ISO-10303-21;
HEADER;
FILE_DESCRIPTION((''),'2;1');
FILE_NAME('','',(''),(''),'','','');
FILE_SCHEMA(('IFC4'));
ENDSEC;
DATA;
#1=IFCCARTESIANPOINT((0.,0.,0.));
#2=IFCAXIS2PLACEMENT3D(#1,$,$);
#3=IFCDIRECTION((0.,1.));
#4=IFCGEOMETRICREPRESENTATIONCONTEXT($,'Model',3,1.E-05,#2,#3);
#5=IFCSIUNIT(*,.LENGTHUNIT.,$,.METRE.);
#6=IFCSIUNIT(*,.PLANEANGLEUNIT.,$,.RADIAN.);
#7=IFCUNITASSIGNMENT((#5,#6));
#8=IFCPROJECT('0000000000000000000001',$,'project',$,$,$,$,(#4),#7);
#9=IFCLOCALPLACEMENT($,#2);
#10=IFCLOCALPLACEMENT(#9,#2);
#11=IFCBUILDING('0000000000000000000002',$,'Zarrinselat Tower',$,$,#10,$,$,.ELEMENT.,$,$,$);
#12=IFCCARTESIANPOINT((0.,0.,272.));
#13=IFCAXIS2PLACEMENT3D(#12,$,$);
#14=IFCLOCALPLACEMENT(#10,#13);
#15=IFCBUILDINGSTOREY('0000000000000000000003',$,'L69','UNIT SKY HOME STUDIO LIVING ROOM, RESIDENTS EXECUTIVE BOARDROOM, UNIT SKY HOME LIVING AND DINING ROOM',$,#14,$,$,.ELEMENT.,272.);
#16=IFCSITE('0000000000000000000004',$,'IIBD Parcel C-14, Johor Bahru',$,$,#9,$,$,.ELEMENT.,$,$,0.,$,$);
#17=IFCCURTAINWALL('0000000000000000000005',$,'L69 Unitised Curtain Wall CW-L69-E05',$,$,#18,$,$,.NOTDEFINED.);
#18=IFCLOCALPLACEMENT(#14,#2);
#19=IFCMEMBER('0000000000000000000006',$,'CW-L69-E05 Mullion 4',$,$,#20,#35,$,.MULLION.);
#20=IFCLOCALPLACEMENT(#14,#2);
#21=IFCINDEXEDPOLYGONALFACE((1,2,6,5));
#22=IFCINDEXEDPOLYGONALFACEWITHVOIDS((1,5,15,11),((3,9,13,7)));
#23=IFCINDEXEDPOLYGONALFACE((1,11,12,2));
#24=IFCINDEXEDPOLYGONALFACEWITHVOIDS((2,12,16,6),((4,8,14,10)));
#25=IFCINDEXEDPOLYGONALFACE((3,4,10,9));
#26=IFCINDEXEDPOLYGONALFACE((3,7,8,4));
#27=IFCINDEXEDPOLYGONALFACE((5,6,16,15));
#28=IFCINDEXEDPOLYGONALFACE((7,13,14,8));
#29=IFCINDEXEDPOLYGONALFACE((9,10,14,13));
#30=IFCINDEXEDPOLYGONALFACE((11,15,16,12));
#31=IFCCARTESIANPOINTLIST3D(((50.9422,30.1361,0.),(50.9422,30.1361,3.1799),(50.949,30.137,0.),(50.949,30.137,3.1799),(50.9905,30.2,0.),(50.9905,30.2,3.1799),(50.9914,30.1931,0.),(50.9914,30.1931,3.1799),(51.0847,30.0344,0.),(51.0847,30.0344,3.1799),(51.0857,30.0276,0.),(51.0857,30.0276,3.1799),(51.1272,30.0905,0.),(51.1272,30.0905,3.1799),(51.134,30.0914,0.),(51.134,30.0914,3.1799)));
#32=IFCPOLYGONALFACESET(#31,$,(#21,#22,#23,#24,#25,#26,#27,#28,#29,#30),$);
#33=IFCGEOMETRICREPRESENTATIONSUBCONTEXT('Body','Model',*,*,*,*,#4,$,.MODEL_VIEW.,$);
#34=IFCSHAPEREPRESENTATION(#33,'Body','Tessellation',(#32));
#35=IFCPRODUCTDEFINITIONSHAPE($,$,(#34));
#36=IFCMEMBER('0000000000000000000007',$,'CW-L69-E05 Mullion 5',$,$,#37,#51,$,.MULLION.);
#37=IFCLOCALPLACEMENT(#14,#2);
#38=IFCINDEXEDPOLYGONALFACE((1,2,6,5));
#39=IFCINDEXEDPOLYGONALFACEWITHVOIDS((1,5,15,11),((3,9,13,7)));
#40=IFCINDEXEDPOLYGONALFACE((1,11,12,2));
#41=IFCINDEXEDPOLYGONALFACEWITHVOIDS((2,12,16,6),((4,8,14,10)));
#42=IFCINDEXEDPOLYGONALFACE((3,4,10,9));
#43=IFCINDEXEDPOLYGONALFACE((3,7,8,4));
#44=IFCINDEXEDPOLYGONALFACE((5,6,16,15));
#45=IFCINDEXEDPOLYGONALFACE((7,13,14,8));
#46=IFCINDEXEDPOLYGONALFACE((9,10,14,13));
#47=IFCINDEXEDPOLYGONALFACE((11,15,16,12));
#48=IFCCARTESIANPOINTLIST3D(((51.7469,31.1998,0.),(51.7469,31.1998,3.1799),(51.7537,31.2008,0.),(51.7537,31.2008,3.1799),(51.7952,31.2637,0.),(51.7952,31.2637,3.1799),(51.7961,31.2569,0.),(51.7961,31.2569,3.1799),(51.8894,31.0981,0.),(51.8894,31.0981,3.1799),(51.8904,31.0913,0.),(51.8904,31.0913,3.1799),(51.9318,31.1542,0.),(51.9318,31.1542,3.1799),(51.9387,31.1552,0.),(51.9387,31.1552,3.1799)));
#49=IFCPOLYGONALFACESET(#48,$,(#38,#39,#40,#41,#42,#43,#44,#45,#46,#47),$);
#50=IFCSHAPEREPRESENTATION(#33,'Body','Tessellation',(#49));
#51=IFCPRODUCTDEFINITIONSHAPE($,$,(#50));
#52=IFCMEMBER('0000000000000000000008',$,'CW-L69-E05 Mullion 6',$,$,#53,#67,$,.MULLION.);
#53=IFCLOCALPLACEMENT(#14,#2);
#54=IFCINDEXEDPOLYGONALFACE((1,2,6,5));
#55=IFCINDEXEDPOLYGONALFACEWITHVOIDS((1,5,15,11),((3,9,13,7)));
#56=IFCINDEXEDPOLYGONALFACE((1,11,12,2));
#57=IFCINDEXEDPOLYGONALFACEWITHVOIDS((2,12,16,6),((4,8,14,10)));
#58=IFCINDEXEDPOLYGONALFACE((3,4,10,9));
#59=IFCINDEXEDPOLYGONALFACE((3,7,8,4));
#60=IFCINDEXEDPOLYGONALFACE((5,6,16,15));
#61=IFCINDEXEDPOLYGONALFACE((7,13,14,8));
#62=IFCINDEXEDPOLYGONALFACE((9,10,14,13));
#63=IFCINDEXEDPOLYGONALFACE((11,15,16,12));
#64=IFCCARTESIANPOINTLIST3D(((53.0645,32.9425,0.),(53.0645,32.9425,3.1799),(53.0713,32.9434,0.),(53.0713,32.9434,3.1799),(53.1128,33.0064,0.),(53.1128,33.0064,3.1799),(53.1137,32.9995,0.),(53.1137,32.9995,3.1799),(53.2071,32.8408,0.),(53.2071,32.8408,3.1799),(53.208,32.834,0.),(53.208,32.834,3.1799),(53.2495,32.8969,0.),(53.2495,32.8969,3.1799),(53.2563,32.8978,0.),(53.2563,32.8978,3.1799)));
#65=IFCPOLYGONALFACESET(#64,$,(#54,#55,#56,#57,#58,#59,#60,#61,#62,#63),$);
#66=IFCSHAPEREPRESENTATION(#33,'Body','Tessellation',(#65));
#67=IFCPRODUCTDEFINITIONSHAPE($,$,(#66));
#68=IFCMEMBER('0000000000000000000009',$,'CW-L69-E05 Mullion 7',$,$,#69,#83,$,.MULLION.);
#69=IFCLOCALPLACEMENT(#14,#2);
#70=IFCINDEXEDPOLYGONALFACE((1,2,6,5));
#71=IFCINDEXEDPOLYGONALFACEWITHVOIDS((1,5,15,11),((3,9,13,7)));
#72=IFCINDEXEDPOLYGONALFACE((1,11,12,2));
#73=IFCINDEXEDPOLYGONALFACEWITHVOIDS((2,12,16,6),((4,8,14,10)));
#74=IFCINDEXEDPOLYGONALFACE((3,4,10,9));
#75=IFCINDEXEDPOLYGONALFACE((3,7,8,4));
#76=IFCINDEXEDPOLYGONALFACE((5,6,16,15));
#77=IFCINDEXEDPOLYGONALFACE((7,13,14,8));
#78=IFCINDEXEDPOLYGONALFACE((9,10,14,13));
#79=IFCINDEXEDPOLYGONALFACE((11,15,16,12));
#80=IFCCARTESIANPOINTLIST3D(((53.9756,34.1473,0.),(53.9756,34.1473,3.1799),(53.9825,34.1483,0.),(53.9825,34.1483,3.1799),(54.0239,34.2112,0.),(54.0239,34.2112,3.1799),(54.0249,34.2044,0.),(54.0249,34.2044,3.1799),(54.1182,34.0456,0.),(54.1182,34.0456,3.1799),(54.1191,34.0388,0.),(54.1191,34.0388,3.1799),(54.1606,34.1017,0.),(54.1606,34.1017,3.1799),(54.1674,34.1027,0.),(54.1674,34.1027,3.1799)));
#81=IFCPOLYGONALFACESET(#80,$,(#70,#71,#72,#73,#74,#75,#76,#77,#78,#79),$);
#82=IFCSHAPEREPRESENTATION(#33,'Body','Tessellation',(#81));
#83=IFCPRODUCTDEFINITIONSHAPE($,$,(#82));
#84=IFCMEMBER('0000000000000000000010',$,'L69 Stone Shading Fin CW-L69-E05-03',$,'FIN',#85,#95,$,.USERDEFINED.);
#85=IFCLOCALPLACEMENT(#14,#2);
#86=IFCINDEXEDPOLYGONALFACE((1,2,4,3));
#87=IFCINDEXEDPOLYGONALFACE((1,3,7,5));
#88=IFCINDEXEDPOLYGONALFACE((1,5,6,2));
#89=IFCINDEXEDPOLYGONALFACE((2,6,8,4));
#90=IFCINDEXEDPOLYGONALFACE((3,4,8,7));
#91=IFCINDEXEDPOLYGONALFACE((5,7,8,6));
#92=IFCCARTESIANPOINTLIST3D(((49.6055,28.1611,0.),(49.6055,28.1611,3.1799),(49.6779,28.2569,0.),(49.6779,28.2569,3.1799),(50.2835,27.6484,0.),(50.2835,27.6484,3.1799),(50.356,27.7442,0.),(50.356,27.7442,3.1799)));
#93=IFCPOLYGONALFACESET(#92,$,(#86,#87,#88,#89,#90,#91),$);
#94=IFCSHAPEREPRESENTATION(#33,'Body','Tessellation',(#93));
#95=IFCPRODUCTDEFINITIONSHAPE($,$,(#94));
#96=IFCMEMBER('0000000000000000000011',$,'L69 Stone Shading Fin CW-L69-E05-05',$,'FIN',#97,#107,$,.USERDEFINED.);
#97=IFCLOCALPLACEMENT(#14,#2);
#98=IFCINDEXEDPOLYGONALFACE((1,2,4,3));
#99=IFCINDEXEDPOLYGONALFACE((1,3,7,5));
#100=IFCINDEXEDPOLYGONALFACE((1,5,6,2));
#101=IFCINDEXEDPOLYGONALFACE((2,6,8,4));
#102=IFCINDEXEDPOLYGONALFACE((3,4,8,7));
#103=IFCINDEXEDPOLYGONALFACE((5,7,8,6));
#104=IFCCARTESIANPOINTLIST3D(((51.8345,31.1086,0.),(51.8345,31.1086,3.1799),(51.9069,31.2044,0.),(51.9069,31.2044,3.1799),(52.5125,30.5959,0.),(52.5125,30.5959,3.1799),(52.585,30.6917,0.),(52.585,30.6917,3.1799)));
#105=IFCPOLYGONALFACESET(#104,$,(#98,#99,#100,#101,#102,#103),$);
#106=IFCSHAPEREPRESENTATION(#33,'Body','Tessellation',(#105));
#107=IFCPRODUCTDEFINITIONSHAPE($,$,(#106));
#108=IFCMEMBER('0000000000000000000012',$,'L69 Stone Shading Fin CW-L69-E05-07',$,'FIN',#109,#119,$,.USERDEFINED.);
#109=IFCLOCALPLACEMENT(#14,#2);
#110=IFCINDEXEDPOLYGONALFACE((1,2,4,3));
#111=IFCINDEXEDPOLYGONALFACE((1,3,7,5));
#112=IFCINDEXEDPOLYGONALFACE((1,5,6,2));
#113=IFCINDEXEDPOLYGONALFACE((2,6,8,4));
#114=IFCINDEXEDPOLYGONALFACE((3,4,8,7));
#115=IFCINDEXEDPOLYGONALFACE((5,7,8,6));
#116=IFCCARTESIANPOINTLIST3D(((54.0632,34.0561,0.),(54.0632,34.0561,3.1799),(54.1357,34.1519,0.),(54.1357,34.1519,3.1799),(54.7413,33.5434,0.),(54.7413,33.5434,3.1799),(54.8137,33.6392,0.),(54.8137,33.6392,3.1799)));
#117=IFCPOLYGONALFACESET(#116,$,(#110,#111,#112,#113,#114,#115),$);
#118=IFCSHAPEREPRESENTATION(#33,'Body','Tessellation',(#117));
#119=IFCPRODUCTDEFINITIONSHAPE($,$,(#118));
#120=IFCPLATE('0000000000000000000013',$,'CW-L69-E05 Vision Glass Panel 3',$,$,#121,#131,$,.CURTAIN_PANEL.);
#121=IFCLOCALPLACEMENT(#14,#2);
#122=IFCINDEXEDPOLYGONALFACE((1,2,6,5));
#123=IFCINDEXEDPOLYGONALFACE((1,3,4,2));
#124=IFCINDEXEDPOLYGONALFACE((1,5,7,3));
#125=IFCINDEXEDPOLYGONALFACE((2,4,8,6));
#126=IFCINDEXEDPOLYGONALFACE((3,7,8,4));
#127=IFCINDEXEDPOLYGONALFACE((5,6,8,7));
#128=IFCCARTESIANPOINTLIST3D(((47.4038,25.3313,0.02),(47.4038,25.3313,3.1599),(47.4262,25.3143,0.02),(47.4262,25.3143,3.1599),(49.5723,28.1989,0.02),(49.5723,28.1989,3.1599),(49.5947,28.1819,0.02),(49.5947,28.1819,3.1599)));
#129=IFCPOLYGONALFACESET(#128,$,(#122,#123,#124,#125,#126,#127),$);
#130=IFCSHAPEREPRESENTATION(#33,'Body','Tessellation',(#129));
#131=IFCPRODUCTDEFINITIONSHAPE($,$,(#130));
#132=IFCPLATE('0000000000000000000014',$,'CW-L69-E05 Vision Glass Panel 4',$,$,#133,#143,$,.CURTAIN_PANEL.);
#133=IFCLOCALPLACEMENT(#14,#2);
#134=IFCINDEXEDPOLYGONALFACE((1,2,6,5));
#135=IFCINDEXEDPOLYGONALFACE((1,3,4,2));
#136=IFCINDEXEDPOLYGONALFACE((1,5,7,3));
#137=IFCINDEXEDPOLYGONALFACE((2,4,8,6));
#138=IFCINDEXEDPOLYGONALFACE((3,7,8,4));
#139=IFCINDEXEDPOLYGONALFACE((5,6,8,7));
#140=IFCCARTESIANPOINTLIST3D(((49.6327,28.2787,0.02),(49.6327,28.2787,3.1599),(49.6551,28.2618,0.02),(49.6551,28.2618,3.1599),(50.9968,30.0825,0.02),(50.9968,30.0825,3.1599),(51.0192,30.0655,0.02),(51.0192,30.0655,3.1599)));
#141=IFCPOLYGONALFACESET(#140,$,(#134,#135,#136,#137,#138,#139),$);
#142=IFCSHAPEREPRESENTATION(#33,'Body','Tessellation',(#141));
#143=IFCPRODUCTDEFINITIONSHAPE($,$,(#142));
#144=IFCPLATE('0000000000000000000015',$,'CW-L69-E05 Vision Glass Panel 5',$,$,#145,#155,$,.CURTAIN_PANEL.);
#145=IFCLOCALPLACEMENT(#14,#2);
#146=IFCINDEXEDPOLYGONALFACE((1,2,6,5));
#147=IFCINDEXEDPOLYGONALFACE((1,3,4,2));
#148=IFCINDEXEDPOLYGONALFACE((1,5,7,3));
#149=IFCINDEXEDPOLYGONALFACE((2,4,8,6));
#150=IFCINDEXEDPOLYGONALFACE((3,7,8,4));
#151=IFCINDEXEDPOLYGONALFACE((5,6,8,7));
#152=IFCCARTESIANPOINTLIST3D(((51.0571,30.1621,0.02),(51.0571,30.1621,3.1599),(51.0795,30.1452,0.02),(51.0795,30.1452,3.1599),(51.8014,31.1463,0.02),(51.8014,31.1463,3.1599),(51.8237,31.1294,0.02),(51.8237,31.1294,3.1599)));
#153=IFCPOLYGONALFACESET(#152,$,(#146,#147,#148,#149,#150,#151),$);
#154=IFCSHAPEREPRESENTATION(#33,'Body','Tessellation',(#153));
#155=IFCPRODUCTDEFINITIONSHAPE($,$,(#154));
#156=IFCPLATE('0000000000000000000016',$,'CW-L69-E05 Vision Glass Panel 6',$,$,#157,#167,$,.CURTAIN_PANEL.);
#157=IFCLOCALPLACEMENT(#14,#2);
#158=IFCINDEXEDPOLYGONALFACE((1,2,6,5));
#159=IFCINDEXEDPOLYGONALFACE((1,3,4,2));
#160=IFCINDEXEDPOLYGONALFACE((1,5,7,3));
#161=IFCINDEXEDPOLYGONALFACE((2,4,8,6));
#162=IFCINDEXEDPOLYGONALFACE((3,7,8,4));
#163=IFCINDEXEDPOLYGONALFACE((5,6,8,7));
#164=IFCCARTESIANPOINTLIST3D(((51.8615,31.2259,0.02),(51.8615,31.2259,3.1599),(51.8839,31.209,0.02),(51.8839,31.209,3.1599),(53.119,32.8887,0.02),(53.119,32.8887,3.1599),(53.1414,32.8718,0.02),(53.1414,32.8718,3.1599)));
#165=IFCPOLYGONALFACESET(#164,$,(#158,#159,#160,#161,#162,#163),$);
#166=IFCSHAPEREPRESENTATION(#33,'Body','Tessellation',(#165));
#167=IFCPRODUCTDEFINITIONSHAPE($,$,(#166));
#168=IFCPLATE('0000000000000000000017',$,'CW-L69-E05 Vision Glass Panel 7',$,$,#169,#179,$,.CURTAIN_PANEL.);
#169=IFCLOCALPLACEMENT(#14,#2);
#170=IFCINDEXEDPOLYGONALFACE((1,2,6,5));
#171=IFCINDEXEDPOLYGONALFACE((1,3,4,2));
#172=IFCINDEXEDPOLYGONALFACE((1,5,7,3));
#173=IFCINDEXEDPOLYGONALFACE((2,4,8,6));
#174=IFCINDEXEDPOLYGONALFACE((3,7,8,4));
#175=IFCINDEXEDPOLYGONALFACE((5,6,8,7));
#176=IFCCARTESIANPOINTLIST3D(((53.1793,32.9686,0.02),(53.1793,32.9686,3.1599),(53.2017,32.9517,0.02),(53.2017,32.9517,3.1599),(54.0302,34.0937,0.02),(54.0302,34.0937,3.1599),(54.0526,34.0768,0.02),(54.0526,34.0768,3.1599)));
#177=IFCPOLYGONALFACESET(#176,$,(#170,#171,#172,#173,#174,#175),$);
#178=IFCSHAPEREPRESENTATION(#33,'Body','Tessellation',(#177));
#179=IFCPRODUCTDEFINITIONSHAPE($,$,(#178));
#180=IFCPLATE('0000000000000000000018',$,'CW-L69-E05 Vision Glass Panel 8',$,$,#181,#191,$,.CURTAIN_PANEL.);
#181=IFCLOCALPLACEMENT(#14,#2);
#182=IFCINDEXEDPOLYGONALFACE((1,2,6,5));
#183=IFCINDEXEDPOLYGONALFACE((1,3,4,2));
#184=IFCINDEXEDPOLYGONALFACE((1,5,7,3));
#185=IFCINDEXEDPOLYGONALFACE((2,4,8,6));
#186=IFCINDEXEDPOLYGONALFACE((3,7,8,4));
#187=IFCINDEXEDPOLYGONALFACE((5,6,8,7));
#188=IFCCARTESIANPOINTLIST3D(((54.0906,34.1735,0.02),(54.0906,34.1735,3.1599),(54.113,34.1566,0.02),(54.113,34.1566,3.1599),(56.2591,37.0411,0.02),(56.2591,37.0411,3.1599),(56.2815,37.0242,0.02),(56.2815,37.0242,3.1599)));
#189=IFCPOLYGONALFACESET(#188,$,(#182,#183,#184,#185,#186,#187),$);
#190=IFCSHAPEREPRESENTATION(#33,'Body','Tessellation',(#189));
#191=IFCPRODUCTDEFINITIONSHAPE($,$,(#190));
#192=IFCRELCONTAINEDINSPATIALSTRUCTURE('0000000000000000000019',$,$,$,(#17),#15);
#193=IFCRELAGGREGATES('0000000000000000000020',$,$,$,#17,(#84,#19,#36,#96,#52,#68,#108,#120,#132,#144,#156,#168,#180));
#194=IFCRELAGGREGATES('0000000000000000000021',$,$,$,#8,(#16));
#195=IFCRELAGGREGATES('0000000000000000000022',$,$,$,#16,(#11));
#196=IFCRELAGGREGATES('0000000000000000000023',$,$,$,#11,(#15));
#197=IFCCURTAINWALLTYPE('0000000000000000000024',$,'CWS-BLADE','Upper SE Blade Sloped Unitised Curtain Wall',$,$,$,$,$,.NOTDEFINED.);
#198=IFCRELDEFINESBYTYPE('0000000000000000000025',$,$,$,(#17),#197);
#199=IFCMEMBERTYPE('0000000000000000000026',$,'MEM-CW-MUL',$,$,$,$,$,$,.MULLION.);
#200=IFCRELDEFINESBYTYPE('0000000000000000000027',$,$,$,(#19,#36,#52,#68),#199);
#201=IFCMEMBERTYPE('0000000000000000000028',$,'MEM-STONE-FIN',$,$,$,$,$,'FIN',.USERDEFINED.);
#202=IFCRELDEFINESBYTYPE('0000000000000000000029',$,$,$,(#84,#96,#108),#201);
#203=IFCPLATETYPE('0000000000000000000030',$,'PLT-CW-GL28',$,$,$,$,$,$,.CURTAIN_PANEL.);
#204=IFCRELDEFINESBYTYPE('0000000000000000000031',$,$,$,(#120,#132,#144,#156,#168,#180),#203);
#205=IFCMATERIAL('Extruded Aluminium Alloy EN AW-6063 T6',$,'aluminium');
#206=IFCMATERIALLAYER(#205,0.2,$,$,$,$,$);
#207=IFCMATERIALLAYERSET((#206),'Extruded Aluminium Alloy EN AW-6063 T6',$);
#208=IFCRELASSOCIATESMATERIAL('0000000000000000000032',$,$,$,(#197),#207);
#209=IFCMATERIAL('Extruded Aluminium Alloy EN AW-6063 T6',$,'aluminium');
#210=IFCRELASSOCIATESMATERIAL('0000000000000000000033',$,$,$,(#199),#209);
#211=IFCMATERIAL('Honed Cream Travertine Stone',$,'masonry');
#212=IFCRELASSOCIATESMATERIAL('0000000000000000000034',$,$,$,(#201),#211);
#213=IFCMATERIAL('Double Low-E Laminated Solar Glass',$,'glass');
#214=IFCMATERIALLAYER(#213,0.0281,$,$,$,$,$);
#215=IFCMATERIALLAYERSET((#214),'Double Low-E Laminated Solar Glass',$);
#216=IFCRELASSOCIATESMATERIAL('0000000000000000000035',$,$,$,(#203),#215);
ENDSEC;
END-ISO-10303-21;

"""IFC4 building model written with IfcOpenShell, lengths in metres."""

from ifc_helpers import new_model, si_unit, direction, frame, origin, origin_2d, place, context, subcontext, project, spatial, rectangle, hollow_rectangle, extrude, material, layer, layer_set, material_profile, profile_set, type_object, element, aggregate, save


model = new_model("IFC4")

# Units and contexts
model_context = context("Model", 3, precision=1e-05, world=origin(), true_north=direction((0.0, 1.0)))
body_context = subcontext(model_context, "Body", "Model", "MODEL_VIEW")
ifc_project = project(units=[si_unit("LENGTHUNIT", "METRE"), si_unit("PLANEANGLEUNIT", "RADIAN")], contexts=[model_context])

# Site, building, storey
site_placement = place(None, origin())
site = spatial("IfcSite", under=ifc_project, at=site_placement, Name="IIBD Parcel C-14, Johor Bahru", CompositionType="ELEMENT", RefElevation=0.0)
building_placement = place(site_placement, origin())
building = spatial("IfcBuilding", under=site, at=building_placement, Name="Zarrinselat Tower", CompositionType="ELEMENT")
storey_placement = place(building_placement, frame((0.0, 0.0, 272.0)))
storey = spatial("IfcBuildingStorey", under=building, at=storey_placement, Name="L69", Description="UNIT SKY HOME STUDIO LIVING ROOM, RESIDENTS EXECUTIVE BOARDROOM, UNIT SKY HOME LIVING AND DINING ROOM", CompositionType="ELEMENT", Elevation=272.0)

# Curtain wall, members, plates
ifc_material_1 = material(Name="Extruded Aluminium Alloy EN AW-6063 T6", Category="aluminium")
ifc_layer_1 = layer(ifc_material_1, 0.2)
ifc_layer_set_1 = layer_set([ifc_layer_1], Name="Extruded Aluminium Alloy EN AW-6063 T6")
curtain_wall_type = type_object("IfcCurtainWallType", Name="CWS-BLADE", Description="Upper SE Blade Sloped Unitised Curtain Wall", PredefinedType="NOTDEFINED", material=ifc_layer_set_1)
curtain_wall_placement = place(storey_placement, origin())
curtain_wall = element("IfcCurtainWall", 1, at=curtain_wall_placement, inside=storey, type_object=curtain_wall_type, Name="L69 Unitised Curtain Wall CW-L69-E05", PredefinedType="NOTDEFINED")
ifc_material_2 = material(Name="Extruded Aluminium Alloy EN AW-6063 T6", Category="aluminium")
ifc_material_profile_1 = material_profile(ifc_material_2, hollow_rectangle(XDim=0.0801, YDim=0.1799, WallThickness=0.0049, at=origin_2d()), Name="RHS 180x80x5")
ifc_profile_set_1 = profile_set([ifc_material_profile_1], Name="Extruded Aluminium Alloy EN AW-6063 T6")
member_type_1 = type_object("IfcMemberType", Name="MEM-CW-MUL", PredefinedType="MULLION", material=ifc_profile_set_1)
member_1_placement = place(storey_placement, frame((51.0381, 30.1138, 0.0), z_axis=(0.0, 0.0, 1.0), x_axis=(0.60317, 0.797613, 0.0)))
member_1 = element("IfcMember", 2, at=member_1_placement, type_object=member_type_1, Name="CW-L69-E05 Mullion 4", PredefinedType="MULLION", context=body_context, shape_type="SweptSolid", body=[
    extrude(hollow_rectangle(XDim=0.0801, YDim=0.1799, WallThickness=0.0049, at=origin_2d()), origin(), (0.0, 0.0, 1.0), 3.1799),
])
member_2_placement = place(storey_placement, frame((51.8428, 31.1775, 0.0), z_axis=(0.0, 0.0, 1.0), x_axis=(0.60317, 0.797613, 0.0)))
member_2 = element("IfcMember", 3, at=member_2_placement, type_object=member_type_1, Name="CW-L69-E05 Mullion 5", PredefinedType="MULLION", context=body_context, shape_type="SweptSolid", body=[
    extrude(hollow_rectangle(XDim=0.0801, YDim=0.1799, WallThickness=0.0049, at=origin_2d()), origin(), (0.0, 0.0, 1.0), 3.1799),
])
member_3_placement = place(storey_placement, frame((53.1604, 32.9202, 0.0), z_axis=(0.0, 0.0, 1.0), x_axis=(0.60317, 0.797613, 0.0)))
member_3 = element("IfcMember", 4, at=member_3_placement, type_object=member_type_1, Name="CW-L69-E05 Mullion 6", PredefinedType="MULLION", context=body_context, shape_type="SweptSolid", body=[
    extrude(hollow_rectangle(XDim=0.0801, YDim=0.1799, WallThickness=0.0049, at=origin_2d()), origin(), (0.0, 0.0, 1.0), 3.1799),
])
member_4_placement = place(storey_placement, frame((54.0715, 34.125, 0.0), z_axis=(0.0, 0.0, 1.0), x_axis=(0.60317, 0.797613, 0.0)))
member_4 = element("IfcMember", 5, at=member_4_placement, type_object=member_type_1, Name="CW-L69-E05 Mullion 7", PredefinedType="MULLION", context=body_context, shape_type="SweptSolid", body=[
    extrude(hollow_rectangle(XDim=0.0801, YDim=0.1799, WallThickness=0.0049, at=origin_2d()), origin(), (0.0, 0.0, 1.0), 3.1799),
])
ifc_material_3 = material(Name="Honed Cream Travertine Stone", Category="masonry")
ifc_material_profile_2 = material_profile(ifc_material_3, rectangle(XDim=0.1201, YDim=0.8501, at=origin_2d()), Name="FIN 850x120")
ifc_profile_set_2 = profile_set([ifc_material_profile_2], Name="Honed Cream Travertine Stone")
member_type_2 = type_object("IfcMemberType", Name="MEM-STONE-FIN", ElementType="FIN", PredefinedType="USERDEFINED", material=ifc_profile_set_2)
member_5_placement = place(storey_placement, frame((49.9807, 27.9526, 0.0), z_axis=(0.0, 0.0, 1.0), x_axis=(-0.60317, -0.797613, 0.0)))
member_5 = element("IfcMember", 6, at=member_5_placement, type_object=member_type_2, Name="L69 Stone Shading Fin CW-L69-E05-03", ObjectType="FIN", PredefinedType="USERDEFINED", context=body_context, shape_type="SweptSolid", body=[
    extrude(rectangle(XDim=0.1201, YDim=0.8501, at=origin_2d()), origin(), (0.0, 0.0, 1.0), 3.1799),
])
member_6_placement = place(storey_placement, frame((52.2097, 30.9001, 0.0), z_axis=(0.0, 0.0, 1.0), x_axis=(-0.60317, -0.797613, 0.0)))
member_6 = element("IfcMember", 7, at=member_6_placement, type_object=member_type_2, Name="L69 Stone Shading Fin CW-L69-E05-05", ObjectType="FIN", PredefinedType="USERDEFINED", context=body_context, shape_type="SweptSolid", body=[
    extrude(rectangle(XDim=0.1201, YDim=0.8501, at=origin_2d()), origin(), (0.0, 0.0, 1.0), 3.1799),
])
member_7_placement = place(storey_placement, frame((54.4385, 33.8477, 0.0), z_axis=(0.0, 0.0, 1.0), x_axis=(-0.60317, -0.797613, 0.0)))
member_7 = element("IfcMember", 8, at=member_7_placement, type_object=member_type_2, Name="L69 Stone Shading Fin CW-L69-E05-07", ObjectType="FIN", PredefinedType="USERDEFINED", context=body_context, shape_type="SweptSolid", body=[
    extrude(rectangle(XDim=0.1201, YDim=0.8501, at=origin_2d()), origin(), (0.0, 0.0, 1.0), 3.1799),
])
ifc_material_4 = material(Name="Double Low-E Laminated Solar Glass", Category="glass")
ifc_layer_2 = layer(ifc_material_4, 0.0281)
ifc_layer_set_2 = layer_set([ifc_layer_2], Name="Double Low-E Laminated Solar Glass")
plate_type = type_object("IfcPlateType", Name="PLT-CW-GL28", PredefinedType="CURTAIN_PANEL", material=ifc_layer_set_2)
plate_1_placement = place(storey_placement, frame((48.4993, 26.7566, 0.02), z_axis=(0.0, 0.0, 1.0), x_axis=(0.60317, 0.797613, 0.0)))
plate_1 = element("IfcPlate", 9, at=plate_1_placement, type_object=plate_type, Name="CW-L69-E05 Vision Glass Panel 3", PredefinedType="CURTAIN_PANEL", context=body_context, shape_type="SweptSolid", body=[
    extrude(rectangle(XDim=3.5952, YDim=0.0281, at=origin_2d()), origin(), (0.0, 0.0, 1.0), 3.1399),
])
plate_2_placement = place(storey_placement, frame((50.3259, 29.1721, 0.02), z_axis=(0.0, 0.0, 1.0), x_axis=(0.60317, 0.797613, 0.0)))
plate_2 = element("IfcPlate", 10, at=plate_2_placement, type_object=plate_type, Name="CW-L69-E05 Vision Glass Panel 4", PredefinedType="CURTAIN_PANEL", context=body_context, shape_type="SweptSolid", body=[
    extrude(rectangle(XDim=2.2615, YDim=0.0281, at=origin_2d()), origin(), (0.0, 0.0, 1.0), 3.1399),
])
plate_3_placement = place(storey_placement, frame((51.4404, 30.6458, 0.02), z_axis=(0.0, 0.0, 1.0), x_axis=(0.60317, 0.797613, 0.0)))
plate_3 = element("IfcPlate", 11, at=plate_3_placement, type_object=plate_type, Name="CW-L69-E05 Vision Glass Panel 5", PredefinedType="CURTAIN_PANEL", context=body_context, shape_type="SweptSolid", body=[
    extrude(rectangle(XDim=1.2339, YDim=0.0281, at=origin_2d()), origin(), (0.0, 0.0, 1.0), 3.1399),
])
plate_4_placement = place(storey_placement, frame((52.5015, 32.0488, 0.02), z_axis=(0.0, 0.0, 1.0), x_axis=(0.60317, 0.797613, 0.0)))
plate_4 = element("IfcPlate", 12, at=plate_4_placement, type_object=plate_type, Name="CW-L69-E05 Vision Glass Panel 6", PredefinedType="CURTAIN_PANEL", context=body_context, shape_type="SweptSolid", body=[
    extrude(rectangle(XDim=2.0847, YDim=0.0281, at=origin_2d()), origin(), (0.0, 0.0, 1.0), 3.1399),
])
plate_5_placement = place(storey_placement, frame((53.616, 33.5227, 0.02), z_axis=(0.0, 0.0, 1.0), x_axis=(0.60317, 0.797613, 0.0)))
plate_5 = element("IfcPlate", 13, at=plate_5_placement, type_object=plate_type, Name="CW-L69-E05 Vision Glass Panel 7", PredefinedType="CURTAIN_PANEL", context=body_context, shape_type="SweptSolid", body=[
    extrude(rectangle(XDim=1.4106, YDim=0.0281, at=origin_2d()), origin(), (0.0, 0.0, 1.0), 3.1399),
])
plate_6_placement = place(storey_placement, frame((55.186, 35.5989, 0.02), z_axis=(0.0, 0.0, 1.0), x_axis=(0.60317, 0.797613, 0.0)))
plate_6 = element("IfcPlate", 14, at=plate_6_placement, type_object=plate_type, Name="CW-L69-E05 Vision Glass Panel 8", PredefinedType="CURTAIN_PANEL", context=body_context, shape_type="SweptSolid", body=[
    extrude(rectangle(XDim=3.5952, YDim=0.0281, at=origin_2d()), origin(), (0.0, 0.0, 1.0), 3.1399),
])
aggregate(curtain_wall, [member_5, member_1, member_2, member_6, member_3, member_4, member_7, plate_1, plate_2, plate_3, plate_4, plate_5, plate_6])

save(model, "model.ifc")
